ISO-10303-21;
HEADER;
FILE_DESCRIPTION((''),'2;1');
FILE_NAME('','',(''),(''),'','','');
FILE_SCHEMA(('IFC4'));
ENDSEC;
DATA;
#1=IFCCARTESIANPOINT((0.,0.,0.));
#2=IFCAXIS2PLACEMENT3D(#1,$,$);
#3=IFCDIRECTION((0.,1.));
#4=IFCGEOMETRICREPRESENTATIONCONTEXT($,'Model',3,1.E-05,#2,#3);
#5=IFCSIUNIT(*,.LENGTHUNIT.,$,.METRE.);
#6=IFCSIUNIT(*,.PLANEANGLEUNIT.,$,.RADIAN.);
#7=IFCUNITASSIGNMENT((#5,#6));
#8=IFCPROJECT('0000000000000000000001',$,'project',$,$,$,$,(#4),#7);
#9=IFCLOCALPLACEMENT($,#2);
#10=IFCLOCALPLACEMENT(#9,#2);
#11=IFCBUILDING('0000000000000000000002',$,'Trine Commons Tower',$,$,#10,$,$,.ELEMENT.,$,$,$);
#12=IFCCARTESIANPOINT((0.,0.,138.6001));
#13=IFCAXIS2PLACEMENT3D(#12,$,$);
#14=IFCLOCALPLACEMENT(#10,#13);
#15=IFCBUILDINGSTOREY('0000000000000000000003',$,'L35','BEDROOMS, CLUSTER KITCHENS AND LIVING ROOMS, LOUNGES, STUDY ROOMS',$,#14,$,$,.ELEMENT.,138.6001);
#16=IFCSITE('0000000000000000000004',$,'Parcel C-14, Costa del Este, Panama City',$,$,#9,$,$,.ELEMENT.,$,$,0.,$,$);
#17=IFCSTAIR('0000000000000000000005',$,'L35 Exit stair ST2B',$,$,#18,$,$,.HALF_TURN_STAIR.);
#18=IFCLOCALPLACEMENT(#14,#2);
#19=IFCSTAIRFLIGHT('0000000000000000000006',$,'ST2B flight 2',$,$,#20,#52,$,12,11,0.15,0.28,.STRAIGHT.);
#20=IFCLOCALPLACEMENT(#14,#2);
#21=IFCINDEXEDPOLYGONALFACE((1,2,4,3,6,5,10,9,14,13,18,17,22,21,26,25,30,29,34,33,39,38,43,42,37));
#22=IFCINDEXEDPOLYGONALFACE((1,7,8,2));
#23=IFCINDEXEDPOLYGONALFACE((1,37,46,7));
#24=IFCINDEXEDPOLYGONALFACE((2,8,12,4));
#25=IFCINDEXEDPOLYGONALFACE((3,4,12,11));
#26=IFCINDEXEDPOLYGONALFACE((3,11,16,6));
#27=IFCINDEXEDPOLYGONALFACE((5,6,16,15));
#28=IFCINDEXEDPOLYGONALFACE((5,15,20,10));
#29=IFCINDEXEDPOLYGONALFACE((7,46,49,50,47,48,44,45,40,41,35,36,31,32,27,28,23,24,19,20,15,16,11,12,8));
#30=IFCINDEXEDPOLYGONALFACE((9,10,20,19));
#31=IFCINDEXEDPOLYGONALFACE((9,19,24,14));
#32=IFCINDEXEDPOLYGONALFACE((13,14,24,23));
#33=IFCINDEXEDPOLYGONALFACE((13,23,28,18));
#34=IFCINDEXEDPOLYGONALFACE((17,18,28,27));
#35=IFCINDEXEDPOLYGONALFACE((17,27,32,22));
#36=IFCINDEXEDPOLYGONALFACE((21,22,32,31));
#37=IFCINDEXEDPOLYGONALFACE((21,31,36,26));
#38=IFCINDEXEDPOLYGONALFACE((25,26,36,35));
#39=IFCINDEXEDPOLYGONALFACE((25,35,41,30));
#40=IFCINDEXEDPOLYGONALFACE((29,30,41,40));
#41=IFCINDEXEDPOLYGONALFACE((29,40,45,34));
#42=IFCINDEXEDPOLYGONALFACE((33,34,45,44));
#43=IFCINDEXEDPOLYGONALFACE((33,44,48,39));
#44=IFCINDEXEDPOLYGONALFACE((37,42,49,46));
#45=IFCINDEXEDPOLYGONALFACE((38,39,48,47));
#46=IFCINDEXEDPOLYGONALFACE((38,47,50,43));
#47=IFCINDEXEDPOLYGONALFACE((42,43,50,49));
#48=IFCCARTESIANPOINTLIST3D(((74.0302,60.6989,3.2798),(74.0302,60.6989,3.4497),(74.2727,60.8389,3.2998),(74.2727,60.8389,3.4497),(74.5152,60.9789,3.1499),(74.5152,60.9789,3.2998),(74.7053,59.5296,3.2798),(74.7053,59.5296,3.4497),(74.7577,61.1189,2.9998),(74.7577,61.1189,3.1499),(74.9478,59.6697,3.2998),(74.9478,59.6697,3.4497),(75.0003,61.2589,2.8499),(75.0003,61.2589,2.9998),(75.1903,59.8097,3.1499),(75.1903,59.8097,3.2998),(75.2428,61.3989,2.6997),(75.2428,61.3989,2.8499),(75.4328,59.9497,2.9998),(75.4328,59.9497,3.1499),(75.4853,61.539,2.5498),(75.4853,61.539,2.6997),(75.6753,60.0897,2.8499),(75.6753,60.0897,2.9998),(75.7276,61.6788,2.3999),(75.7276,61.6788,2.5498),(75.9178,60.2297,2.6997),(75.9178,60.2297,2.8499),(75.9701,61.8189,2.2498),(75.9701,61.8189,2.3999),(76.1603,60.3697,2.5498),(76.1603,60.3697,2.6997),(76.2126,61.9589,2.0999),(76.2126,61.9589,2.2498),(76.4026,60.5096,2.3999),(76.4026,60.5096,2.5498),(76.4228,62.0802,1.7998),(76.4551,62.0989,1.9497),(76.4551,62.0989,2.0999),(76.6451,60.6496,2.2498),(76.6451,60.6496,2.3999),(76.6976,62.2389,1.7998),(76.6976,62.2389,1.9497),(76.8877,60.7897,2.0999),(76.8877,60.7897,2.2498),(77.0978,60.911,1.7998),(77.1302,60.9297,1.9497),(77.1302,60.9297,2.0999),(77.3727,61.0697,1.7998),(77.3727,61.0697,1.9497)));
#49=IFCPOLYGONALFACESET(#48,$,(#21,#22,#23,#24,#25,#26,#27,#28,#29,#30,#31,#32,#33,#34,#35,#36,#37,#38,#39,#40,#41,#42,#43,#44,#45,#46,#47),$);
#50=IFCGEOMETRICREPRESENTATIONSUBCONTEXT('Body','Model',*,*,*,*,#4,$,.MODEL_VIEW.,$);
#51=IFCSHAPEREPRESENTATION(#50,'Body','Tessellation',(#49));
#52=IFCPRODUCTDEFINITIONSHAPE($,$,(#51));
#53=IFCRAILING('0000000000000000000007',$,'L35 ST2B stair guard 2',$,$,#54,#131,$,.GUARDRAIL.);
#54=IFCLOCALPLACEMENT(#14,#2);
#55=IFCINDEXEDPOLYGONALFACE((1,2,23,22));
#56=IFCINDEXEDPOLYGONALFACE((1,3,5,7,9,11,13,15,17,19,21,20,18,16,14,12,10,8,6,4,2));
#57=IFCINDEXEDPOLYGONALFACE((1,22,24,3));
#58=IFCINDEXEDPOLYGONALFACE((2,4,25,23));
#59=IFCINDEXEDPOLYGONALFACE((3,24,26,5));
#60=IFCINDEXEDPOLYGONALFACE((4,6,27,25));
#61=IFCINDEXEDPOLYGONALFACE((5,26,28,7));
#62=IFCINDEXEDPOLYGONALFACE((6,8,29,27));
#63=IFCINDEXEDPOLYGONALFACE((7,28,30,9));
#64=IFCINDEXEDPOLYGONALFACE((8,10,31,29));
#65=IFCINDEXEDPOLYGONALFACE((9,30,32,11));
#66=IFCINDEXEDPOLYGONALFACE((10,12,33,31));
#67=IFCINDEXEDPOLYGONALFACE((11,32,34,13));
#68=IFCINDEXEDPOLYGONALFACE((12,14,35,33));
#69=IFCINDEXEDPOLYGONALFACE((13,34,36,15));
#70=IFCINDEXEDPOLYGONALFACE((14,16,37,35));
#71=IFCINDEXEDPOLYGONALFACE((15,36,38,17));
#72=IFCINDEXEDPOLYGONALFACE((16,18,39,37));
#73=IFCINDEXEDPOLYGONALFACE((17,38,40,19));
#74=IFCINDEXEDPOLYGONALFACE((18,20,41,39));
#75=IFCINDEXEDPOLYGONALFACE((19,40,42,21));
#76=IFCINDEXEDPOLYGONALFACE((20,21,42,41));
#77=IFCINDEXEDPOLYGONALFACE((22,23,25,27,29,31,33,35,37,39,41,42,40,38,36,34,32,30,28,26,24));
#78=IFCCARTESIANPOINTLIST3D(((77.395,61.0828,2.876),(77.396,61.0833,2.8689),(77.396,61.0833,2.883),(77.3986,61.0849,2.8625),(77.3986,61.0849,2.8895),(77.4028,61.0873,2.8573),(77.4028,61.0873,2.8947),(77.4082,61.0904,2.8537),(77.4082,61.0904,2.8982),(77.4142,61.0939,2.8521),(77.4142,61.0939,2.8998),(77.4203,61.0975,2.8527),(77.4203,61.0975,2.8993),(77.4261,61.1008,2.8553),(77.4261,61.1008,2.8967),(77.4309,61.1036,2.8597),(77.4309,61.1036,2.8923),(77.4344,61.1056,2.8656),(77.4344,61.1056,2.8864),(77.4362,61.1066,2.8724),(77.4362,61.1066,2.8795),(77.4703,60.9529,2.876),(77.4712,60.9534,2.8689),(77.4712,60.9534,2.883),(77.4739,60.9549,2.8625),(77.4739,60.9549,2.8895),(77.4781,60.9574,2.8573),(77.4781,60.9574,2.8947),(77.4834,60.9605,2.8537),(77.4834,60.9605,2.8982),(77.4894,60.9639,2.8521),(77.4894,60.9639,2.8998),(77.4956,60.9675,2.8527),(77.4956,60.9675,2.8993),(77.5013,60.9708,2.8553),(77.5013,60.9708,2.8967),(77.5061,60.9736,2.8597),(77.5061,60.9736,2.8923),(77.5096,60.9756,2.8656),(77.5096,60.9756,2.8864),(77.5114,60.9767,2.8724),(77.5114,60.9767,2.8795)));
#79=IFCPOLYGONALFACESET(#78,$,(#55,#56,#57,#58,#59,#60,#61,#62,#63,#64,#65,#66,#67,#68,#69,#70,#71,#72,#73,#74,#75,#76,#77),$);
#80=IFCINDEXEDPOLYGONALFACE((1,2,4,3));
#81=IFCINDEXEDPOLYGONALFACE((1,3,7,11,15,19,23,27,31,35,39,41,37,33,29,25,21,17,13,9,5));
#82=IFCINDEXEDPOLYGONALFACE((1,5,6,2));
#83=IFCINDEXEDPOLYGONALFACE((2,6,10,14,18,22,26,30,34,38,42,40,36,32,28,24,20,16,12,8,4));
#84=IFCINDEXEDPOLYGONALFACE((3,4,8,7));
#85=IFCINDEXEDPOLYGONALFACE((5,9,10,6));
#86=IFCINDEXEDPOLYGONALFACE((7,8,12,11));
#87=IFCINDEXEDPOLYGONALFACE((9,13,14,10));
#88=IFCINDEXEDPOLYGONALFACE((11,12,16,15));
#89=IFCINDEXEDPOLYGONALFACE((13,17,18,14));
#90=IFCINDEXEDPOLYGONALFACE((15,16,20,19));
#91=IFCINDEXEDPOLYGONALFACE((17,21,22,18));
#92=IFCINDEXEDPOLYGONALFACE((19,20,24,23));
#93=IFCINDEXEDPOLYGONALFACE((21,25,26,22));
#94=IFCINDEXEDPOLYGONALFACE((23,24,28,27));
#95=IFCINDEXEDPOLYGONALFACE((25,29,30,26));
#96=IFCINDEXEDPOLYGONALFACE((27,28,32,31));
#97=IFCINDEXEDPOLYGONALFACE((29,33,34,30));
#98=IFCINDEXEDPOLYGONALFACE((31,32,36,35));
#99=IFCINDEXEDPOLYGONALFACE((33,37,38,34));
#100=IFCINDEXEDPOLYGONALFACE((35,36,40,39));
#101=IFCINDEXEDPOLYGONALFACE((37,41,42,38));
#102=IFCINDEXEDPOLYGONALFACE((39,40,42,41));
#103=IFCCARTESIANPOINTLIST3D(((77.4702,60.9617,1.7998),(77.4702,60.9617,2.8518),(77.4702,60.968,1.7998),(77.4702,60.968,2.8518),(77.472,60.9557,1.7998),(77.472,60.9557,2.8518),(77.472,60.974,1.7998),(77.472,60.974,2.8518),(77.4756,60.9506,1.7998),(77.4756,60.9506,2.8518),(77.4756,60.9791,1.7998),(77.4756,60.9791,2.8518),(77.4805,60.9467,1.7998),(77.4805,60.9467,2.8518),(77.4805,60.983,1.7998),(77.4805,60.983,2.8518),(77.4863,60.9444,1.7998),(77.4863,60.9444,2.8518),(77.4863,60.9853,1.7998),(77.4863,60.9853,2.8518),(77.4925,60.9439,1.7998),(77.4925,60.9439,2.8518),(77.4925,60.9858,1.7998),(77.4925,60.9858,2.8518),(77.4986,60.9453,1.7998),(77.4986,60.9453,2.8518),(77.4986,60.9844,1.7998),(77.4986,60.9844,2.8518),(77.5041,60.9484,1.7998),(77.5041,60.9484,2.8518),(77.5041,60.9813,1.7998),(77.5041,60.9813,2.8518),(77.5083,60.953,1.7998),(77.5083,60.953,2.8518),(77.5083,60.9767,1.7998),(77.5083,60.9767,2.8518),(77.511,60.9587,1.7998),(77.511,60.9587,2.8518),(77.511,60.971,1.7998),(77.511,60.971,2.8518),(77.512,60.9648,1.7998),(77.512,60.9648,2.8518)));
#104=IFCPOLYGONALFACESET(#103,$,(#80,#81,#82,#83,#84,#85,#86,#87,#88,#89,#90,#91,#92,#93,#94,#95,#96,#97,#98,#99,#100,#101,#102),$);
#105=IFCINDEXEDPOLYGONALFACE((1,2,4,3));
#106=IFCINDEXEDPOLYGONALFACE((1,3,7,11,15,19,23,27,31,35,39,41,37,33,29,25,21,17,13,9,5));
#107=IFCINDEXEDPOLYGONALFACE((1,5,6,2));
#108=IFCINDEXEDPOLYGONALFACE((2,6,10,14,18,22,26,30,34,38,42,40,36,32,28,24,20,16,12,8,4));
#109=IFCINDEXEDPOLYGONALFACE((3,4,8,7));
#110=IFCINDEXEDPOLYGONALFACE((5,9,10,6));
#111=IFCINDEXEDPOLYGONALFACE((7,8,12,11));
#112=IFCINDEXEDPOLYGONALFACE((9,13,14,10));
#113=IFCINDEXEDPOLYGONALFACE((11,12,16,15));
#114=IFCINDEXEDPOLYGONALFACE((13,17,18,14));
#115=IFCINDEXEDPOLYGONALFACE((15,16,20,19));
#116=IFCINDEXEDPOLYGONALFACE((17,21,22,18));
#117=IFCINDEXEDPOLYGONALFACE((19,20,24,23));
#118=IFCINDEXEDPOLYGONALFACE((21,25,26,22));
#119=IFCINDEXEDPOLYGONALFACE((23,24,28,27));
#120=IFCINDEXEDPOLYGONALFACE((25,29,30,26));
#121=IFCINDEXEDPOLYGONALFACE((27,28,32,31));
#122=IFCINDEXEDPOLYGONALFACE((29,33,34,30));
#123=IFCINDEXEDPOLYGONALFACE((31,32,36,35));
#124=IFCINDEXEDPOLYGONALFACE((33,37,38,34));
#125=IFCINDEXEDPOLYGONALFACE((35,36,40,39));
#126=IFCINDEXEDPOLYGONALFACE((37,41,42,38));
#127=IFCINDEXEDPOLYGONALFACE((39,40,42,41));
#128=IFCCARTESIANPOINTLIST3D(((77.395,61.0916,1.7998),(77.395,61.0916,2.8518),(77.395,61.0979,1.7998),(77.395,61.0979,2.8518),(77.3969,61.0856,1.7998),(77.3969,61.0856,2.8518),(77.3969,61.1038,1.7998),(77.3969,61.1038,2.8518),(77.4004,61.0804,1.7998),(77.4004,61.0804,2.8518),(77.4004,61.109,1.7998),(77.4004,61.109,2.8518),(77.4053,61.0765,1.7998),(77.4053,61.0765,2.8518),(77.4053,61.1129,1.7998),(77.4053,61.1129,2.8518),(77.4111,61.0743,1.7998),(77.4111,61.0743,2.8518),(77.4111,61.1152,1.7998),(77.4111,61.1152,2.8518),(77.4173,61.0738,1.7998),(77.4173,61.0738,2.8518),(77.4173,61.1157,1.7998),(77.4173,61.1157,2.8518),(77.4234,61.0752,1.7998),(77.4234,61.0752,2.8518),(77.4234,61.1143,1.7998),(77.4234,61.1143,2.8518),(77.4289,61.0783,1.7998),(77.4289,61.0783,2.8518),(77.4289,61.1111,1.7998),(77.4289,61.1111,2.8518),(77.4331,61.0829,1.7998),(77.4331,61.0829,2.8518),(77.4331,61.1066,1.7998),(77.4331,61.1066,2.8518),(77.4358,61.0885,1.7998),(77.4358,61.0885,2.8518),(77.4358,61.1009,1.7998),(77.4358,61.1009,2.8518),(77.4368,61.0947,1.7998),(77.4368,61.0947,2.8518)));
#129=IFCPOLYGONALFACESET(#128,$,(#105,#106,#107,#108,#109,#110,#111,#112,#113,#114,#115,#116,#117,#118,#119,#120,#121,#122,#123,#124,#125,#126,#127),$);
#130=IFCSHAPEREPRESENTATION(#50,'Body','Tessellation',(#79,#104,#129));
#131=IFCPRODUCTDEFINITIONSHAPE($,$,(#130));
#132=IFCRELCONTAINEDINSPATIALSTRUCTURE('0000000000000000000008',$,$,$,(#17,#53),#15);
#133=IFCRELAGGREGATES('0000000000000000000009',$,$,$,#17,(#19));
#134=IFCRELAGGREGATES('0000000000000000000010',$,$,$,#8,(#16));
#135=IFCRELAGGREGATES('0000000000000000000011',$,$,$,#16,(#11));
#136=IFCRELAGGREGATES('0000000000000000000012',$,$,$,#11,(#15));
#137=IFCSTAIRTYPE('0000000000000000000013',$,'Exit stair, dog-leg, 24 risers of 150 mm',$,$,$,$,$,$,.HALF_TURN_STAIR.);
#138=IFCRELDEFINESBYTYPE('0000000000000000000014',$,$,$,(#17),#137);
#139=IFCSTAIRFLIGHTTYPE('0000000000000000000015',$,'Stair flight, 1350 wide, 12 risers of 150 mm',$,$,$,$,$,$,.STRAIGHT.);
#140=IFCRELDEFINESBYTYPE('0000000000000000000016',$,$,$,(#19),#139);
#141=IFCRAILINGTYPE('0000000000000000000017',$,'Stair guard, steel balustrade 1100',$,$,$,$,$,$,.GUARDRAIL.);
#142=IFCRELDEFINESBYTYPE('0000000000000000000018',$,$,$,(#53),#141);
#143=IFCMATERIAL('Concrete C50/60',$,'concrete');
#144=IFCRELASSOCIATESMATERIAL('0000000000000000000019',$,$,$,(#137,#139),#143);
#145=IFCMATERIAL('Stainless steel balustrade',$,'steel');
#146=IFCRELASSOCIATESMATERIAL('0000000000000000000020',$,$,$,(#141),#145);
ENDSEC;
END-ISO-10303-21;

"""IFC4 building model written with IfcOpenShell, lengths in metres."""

from ifc_helpers import new_model, si_unit, direction, frame, origin, origin_2d, place, context, subcontext, project, spatial, polyline, circle, outline, extrude, material, type_object, element, aggregate, save


model = new_model("IFC4")

# Units and contexts
model_context = context("Model", 3, precision=1e-05, world=origin(), true_north=direction((0.0, 1.0)))
body_context = subcontext(model_context, "Body", "Model", "MODEL_VIEW")
ifc_project = project(units=[si_unit("LENGTHUNIT", "METRE"), si_unit("PLANEANGLEUNIT", "RADIAN")], contexts=[model_context])

# Site, building, storey
site_placement = place(None, origin())
site = spatial("IfcSite", under=ifc_project, at=site_placement, Name="Parcel C-14, Costa del Este, Panama City", CompositionType="ELEMENT", RefElevation=0.0)
building_placement = place(site_placement, origin())
building = spatial("IfcBuilding", under=site, at=building_placement, Name="Trine Commons Tower", CompositionType="ELEMENT")
storey_placement = place(building_placement, frame((0.0, 0.0, 138.6001)))
storey = spatial("IfcBuildingStorey", under=building, at=storey_placement, Name="L35", Description="BEDROOMS, CLUSTER KITCHENS AND LIVING ROOMS, LOUNGES, STUDY ROOMS", CompositionType="ELEMENT", Elevation=138.6001)

# Shared definitions
ifc_material_1 = material(Name="Concrete C50/60", Category="concrete")

# Stair, stair flight
stair_type = type_object("IfcStairType", Name="Exit stair, dog-leg, 24 risers of 150 mm", PredefinedType="HALF_TURN_STAIR", material=ifc_material_1)
stair_placement = place(storey_placement, origin())
stair = element("IfcStair", 1, at=stair_placement, inside=storey, type_object=stair_type, Name="L35 Exit stair ST2B", PredefinedType="HALF_TURN_STAIR")
stair_flight_type = type_object("IfcStairFlightType", Name="Stair flight, 1350 wide, 12 risers of 150 mm", PredefinedType="STRAIGHT", material=ifc_material_1)
stair_flight_placement = place(storey_placement, frame((77.0352, 61.6543, 1.7998), z_axis=(0.0, 0.0, 1.0), x_axis=(-0.866025, -0.5, 0.0)))
stair_flight = element("IfcStairFlight", 2, at=stair_flight_placement, type_object=stair_flight_type, Name="ST2B flight 2", NumberOfRisers=12, NumberOfTreads=11, PredefinedType="STRAIGHT", RiserHeight=0.15, TreadLength=0.28, context=body_context, shape_type="SweptSolid", body=[
    extrude(outline(polyline([(0.0, 0.0), (0.0, 0.1499), (0.28, 0.1499), (0.28, 0.3), (0.5601, 0.3), (0.5601, 0.45), (0.8401, 0.45), (0.8401, 0.6001), (1.1201, 0.6001), (1.1201, 0.75), (1.3999, 0.75), (1.3999, 0.8999), (1.6799, 0.8999), (1.6799, 1.05), (1.96, 1.05), (1.96, 1.2), (2.24, 1.2), (2.24, 1.3501), (2.52, 1.3501), (2.52, 1.5), (2.8, 1.5), (2.8, 1.6499), (3.0801, 1.6499), (3.0801, 1.8), (3.0801, 1.48), (0.3174, 0.0), (0.0, 0.0)])), frame((0.0, 0.675, 0.0), z_axis=(0.0, -1.0, 0.0), x_axis=(1.0, 0.0, 0.0)), (0.0, 0.0, 1.0), 1.3501),
])
aggregate(stair, [stair_flight])

# Railing
ifc_material_2 = material(Name="Stainless steel balustrade", Category="steel")
railing_type_1 = type_object("IfcRailingType", Name="Stair guard, steel balustrade 1100", PredefinedType="GUARDRAIL", material=ifc_material_2)
railing_1_placement = place(storey_placement, frame((77.491, 60.9648, 1.7998)))
element("IfcRailing", 3, at=railing_1_placement, inside=storey, type_object=railing_type_1, Name="L35 ST2B stair guard 2", PredefinedType="GUARDRAIL", context=body_context, shape_type="SweptSolid", body=[
    extrude(circle(Radius=0.0239, at=origin_2d()), frame((0.0, 0.0, 1.0762), z_axis=(-0.501036, 0.865426, 0.0), x_axis=(-0.865426, -0.501036, 0.0)), (0.0, 0.0, 1.0), 0.1501),
    extrude(circle(Radius=0.021, at=origin_2d()), origin(), (0.0, 0.0, 1.0), 1.052),
    extrude(circle(Radius=0.021, at=origin_2d()), frame((-0.0752, 0.1299, 0.0)), (0.0, 0.0, 1.0), 1.052),
])

save(model, "model.ifc")
